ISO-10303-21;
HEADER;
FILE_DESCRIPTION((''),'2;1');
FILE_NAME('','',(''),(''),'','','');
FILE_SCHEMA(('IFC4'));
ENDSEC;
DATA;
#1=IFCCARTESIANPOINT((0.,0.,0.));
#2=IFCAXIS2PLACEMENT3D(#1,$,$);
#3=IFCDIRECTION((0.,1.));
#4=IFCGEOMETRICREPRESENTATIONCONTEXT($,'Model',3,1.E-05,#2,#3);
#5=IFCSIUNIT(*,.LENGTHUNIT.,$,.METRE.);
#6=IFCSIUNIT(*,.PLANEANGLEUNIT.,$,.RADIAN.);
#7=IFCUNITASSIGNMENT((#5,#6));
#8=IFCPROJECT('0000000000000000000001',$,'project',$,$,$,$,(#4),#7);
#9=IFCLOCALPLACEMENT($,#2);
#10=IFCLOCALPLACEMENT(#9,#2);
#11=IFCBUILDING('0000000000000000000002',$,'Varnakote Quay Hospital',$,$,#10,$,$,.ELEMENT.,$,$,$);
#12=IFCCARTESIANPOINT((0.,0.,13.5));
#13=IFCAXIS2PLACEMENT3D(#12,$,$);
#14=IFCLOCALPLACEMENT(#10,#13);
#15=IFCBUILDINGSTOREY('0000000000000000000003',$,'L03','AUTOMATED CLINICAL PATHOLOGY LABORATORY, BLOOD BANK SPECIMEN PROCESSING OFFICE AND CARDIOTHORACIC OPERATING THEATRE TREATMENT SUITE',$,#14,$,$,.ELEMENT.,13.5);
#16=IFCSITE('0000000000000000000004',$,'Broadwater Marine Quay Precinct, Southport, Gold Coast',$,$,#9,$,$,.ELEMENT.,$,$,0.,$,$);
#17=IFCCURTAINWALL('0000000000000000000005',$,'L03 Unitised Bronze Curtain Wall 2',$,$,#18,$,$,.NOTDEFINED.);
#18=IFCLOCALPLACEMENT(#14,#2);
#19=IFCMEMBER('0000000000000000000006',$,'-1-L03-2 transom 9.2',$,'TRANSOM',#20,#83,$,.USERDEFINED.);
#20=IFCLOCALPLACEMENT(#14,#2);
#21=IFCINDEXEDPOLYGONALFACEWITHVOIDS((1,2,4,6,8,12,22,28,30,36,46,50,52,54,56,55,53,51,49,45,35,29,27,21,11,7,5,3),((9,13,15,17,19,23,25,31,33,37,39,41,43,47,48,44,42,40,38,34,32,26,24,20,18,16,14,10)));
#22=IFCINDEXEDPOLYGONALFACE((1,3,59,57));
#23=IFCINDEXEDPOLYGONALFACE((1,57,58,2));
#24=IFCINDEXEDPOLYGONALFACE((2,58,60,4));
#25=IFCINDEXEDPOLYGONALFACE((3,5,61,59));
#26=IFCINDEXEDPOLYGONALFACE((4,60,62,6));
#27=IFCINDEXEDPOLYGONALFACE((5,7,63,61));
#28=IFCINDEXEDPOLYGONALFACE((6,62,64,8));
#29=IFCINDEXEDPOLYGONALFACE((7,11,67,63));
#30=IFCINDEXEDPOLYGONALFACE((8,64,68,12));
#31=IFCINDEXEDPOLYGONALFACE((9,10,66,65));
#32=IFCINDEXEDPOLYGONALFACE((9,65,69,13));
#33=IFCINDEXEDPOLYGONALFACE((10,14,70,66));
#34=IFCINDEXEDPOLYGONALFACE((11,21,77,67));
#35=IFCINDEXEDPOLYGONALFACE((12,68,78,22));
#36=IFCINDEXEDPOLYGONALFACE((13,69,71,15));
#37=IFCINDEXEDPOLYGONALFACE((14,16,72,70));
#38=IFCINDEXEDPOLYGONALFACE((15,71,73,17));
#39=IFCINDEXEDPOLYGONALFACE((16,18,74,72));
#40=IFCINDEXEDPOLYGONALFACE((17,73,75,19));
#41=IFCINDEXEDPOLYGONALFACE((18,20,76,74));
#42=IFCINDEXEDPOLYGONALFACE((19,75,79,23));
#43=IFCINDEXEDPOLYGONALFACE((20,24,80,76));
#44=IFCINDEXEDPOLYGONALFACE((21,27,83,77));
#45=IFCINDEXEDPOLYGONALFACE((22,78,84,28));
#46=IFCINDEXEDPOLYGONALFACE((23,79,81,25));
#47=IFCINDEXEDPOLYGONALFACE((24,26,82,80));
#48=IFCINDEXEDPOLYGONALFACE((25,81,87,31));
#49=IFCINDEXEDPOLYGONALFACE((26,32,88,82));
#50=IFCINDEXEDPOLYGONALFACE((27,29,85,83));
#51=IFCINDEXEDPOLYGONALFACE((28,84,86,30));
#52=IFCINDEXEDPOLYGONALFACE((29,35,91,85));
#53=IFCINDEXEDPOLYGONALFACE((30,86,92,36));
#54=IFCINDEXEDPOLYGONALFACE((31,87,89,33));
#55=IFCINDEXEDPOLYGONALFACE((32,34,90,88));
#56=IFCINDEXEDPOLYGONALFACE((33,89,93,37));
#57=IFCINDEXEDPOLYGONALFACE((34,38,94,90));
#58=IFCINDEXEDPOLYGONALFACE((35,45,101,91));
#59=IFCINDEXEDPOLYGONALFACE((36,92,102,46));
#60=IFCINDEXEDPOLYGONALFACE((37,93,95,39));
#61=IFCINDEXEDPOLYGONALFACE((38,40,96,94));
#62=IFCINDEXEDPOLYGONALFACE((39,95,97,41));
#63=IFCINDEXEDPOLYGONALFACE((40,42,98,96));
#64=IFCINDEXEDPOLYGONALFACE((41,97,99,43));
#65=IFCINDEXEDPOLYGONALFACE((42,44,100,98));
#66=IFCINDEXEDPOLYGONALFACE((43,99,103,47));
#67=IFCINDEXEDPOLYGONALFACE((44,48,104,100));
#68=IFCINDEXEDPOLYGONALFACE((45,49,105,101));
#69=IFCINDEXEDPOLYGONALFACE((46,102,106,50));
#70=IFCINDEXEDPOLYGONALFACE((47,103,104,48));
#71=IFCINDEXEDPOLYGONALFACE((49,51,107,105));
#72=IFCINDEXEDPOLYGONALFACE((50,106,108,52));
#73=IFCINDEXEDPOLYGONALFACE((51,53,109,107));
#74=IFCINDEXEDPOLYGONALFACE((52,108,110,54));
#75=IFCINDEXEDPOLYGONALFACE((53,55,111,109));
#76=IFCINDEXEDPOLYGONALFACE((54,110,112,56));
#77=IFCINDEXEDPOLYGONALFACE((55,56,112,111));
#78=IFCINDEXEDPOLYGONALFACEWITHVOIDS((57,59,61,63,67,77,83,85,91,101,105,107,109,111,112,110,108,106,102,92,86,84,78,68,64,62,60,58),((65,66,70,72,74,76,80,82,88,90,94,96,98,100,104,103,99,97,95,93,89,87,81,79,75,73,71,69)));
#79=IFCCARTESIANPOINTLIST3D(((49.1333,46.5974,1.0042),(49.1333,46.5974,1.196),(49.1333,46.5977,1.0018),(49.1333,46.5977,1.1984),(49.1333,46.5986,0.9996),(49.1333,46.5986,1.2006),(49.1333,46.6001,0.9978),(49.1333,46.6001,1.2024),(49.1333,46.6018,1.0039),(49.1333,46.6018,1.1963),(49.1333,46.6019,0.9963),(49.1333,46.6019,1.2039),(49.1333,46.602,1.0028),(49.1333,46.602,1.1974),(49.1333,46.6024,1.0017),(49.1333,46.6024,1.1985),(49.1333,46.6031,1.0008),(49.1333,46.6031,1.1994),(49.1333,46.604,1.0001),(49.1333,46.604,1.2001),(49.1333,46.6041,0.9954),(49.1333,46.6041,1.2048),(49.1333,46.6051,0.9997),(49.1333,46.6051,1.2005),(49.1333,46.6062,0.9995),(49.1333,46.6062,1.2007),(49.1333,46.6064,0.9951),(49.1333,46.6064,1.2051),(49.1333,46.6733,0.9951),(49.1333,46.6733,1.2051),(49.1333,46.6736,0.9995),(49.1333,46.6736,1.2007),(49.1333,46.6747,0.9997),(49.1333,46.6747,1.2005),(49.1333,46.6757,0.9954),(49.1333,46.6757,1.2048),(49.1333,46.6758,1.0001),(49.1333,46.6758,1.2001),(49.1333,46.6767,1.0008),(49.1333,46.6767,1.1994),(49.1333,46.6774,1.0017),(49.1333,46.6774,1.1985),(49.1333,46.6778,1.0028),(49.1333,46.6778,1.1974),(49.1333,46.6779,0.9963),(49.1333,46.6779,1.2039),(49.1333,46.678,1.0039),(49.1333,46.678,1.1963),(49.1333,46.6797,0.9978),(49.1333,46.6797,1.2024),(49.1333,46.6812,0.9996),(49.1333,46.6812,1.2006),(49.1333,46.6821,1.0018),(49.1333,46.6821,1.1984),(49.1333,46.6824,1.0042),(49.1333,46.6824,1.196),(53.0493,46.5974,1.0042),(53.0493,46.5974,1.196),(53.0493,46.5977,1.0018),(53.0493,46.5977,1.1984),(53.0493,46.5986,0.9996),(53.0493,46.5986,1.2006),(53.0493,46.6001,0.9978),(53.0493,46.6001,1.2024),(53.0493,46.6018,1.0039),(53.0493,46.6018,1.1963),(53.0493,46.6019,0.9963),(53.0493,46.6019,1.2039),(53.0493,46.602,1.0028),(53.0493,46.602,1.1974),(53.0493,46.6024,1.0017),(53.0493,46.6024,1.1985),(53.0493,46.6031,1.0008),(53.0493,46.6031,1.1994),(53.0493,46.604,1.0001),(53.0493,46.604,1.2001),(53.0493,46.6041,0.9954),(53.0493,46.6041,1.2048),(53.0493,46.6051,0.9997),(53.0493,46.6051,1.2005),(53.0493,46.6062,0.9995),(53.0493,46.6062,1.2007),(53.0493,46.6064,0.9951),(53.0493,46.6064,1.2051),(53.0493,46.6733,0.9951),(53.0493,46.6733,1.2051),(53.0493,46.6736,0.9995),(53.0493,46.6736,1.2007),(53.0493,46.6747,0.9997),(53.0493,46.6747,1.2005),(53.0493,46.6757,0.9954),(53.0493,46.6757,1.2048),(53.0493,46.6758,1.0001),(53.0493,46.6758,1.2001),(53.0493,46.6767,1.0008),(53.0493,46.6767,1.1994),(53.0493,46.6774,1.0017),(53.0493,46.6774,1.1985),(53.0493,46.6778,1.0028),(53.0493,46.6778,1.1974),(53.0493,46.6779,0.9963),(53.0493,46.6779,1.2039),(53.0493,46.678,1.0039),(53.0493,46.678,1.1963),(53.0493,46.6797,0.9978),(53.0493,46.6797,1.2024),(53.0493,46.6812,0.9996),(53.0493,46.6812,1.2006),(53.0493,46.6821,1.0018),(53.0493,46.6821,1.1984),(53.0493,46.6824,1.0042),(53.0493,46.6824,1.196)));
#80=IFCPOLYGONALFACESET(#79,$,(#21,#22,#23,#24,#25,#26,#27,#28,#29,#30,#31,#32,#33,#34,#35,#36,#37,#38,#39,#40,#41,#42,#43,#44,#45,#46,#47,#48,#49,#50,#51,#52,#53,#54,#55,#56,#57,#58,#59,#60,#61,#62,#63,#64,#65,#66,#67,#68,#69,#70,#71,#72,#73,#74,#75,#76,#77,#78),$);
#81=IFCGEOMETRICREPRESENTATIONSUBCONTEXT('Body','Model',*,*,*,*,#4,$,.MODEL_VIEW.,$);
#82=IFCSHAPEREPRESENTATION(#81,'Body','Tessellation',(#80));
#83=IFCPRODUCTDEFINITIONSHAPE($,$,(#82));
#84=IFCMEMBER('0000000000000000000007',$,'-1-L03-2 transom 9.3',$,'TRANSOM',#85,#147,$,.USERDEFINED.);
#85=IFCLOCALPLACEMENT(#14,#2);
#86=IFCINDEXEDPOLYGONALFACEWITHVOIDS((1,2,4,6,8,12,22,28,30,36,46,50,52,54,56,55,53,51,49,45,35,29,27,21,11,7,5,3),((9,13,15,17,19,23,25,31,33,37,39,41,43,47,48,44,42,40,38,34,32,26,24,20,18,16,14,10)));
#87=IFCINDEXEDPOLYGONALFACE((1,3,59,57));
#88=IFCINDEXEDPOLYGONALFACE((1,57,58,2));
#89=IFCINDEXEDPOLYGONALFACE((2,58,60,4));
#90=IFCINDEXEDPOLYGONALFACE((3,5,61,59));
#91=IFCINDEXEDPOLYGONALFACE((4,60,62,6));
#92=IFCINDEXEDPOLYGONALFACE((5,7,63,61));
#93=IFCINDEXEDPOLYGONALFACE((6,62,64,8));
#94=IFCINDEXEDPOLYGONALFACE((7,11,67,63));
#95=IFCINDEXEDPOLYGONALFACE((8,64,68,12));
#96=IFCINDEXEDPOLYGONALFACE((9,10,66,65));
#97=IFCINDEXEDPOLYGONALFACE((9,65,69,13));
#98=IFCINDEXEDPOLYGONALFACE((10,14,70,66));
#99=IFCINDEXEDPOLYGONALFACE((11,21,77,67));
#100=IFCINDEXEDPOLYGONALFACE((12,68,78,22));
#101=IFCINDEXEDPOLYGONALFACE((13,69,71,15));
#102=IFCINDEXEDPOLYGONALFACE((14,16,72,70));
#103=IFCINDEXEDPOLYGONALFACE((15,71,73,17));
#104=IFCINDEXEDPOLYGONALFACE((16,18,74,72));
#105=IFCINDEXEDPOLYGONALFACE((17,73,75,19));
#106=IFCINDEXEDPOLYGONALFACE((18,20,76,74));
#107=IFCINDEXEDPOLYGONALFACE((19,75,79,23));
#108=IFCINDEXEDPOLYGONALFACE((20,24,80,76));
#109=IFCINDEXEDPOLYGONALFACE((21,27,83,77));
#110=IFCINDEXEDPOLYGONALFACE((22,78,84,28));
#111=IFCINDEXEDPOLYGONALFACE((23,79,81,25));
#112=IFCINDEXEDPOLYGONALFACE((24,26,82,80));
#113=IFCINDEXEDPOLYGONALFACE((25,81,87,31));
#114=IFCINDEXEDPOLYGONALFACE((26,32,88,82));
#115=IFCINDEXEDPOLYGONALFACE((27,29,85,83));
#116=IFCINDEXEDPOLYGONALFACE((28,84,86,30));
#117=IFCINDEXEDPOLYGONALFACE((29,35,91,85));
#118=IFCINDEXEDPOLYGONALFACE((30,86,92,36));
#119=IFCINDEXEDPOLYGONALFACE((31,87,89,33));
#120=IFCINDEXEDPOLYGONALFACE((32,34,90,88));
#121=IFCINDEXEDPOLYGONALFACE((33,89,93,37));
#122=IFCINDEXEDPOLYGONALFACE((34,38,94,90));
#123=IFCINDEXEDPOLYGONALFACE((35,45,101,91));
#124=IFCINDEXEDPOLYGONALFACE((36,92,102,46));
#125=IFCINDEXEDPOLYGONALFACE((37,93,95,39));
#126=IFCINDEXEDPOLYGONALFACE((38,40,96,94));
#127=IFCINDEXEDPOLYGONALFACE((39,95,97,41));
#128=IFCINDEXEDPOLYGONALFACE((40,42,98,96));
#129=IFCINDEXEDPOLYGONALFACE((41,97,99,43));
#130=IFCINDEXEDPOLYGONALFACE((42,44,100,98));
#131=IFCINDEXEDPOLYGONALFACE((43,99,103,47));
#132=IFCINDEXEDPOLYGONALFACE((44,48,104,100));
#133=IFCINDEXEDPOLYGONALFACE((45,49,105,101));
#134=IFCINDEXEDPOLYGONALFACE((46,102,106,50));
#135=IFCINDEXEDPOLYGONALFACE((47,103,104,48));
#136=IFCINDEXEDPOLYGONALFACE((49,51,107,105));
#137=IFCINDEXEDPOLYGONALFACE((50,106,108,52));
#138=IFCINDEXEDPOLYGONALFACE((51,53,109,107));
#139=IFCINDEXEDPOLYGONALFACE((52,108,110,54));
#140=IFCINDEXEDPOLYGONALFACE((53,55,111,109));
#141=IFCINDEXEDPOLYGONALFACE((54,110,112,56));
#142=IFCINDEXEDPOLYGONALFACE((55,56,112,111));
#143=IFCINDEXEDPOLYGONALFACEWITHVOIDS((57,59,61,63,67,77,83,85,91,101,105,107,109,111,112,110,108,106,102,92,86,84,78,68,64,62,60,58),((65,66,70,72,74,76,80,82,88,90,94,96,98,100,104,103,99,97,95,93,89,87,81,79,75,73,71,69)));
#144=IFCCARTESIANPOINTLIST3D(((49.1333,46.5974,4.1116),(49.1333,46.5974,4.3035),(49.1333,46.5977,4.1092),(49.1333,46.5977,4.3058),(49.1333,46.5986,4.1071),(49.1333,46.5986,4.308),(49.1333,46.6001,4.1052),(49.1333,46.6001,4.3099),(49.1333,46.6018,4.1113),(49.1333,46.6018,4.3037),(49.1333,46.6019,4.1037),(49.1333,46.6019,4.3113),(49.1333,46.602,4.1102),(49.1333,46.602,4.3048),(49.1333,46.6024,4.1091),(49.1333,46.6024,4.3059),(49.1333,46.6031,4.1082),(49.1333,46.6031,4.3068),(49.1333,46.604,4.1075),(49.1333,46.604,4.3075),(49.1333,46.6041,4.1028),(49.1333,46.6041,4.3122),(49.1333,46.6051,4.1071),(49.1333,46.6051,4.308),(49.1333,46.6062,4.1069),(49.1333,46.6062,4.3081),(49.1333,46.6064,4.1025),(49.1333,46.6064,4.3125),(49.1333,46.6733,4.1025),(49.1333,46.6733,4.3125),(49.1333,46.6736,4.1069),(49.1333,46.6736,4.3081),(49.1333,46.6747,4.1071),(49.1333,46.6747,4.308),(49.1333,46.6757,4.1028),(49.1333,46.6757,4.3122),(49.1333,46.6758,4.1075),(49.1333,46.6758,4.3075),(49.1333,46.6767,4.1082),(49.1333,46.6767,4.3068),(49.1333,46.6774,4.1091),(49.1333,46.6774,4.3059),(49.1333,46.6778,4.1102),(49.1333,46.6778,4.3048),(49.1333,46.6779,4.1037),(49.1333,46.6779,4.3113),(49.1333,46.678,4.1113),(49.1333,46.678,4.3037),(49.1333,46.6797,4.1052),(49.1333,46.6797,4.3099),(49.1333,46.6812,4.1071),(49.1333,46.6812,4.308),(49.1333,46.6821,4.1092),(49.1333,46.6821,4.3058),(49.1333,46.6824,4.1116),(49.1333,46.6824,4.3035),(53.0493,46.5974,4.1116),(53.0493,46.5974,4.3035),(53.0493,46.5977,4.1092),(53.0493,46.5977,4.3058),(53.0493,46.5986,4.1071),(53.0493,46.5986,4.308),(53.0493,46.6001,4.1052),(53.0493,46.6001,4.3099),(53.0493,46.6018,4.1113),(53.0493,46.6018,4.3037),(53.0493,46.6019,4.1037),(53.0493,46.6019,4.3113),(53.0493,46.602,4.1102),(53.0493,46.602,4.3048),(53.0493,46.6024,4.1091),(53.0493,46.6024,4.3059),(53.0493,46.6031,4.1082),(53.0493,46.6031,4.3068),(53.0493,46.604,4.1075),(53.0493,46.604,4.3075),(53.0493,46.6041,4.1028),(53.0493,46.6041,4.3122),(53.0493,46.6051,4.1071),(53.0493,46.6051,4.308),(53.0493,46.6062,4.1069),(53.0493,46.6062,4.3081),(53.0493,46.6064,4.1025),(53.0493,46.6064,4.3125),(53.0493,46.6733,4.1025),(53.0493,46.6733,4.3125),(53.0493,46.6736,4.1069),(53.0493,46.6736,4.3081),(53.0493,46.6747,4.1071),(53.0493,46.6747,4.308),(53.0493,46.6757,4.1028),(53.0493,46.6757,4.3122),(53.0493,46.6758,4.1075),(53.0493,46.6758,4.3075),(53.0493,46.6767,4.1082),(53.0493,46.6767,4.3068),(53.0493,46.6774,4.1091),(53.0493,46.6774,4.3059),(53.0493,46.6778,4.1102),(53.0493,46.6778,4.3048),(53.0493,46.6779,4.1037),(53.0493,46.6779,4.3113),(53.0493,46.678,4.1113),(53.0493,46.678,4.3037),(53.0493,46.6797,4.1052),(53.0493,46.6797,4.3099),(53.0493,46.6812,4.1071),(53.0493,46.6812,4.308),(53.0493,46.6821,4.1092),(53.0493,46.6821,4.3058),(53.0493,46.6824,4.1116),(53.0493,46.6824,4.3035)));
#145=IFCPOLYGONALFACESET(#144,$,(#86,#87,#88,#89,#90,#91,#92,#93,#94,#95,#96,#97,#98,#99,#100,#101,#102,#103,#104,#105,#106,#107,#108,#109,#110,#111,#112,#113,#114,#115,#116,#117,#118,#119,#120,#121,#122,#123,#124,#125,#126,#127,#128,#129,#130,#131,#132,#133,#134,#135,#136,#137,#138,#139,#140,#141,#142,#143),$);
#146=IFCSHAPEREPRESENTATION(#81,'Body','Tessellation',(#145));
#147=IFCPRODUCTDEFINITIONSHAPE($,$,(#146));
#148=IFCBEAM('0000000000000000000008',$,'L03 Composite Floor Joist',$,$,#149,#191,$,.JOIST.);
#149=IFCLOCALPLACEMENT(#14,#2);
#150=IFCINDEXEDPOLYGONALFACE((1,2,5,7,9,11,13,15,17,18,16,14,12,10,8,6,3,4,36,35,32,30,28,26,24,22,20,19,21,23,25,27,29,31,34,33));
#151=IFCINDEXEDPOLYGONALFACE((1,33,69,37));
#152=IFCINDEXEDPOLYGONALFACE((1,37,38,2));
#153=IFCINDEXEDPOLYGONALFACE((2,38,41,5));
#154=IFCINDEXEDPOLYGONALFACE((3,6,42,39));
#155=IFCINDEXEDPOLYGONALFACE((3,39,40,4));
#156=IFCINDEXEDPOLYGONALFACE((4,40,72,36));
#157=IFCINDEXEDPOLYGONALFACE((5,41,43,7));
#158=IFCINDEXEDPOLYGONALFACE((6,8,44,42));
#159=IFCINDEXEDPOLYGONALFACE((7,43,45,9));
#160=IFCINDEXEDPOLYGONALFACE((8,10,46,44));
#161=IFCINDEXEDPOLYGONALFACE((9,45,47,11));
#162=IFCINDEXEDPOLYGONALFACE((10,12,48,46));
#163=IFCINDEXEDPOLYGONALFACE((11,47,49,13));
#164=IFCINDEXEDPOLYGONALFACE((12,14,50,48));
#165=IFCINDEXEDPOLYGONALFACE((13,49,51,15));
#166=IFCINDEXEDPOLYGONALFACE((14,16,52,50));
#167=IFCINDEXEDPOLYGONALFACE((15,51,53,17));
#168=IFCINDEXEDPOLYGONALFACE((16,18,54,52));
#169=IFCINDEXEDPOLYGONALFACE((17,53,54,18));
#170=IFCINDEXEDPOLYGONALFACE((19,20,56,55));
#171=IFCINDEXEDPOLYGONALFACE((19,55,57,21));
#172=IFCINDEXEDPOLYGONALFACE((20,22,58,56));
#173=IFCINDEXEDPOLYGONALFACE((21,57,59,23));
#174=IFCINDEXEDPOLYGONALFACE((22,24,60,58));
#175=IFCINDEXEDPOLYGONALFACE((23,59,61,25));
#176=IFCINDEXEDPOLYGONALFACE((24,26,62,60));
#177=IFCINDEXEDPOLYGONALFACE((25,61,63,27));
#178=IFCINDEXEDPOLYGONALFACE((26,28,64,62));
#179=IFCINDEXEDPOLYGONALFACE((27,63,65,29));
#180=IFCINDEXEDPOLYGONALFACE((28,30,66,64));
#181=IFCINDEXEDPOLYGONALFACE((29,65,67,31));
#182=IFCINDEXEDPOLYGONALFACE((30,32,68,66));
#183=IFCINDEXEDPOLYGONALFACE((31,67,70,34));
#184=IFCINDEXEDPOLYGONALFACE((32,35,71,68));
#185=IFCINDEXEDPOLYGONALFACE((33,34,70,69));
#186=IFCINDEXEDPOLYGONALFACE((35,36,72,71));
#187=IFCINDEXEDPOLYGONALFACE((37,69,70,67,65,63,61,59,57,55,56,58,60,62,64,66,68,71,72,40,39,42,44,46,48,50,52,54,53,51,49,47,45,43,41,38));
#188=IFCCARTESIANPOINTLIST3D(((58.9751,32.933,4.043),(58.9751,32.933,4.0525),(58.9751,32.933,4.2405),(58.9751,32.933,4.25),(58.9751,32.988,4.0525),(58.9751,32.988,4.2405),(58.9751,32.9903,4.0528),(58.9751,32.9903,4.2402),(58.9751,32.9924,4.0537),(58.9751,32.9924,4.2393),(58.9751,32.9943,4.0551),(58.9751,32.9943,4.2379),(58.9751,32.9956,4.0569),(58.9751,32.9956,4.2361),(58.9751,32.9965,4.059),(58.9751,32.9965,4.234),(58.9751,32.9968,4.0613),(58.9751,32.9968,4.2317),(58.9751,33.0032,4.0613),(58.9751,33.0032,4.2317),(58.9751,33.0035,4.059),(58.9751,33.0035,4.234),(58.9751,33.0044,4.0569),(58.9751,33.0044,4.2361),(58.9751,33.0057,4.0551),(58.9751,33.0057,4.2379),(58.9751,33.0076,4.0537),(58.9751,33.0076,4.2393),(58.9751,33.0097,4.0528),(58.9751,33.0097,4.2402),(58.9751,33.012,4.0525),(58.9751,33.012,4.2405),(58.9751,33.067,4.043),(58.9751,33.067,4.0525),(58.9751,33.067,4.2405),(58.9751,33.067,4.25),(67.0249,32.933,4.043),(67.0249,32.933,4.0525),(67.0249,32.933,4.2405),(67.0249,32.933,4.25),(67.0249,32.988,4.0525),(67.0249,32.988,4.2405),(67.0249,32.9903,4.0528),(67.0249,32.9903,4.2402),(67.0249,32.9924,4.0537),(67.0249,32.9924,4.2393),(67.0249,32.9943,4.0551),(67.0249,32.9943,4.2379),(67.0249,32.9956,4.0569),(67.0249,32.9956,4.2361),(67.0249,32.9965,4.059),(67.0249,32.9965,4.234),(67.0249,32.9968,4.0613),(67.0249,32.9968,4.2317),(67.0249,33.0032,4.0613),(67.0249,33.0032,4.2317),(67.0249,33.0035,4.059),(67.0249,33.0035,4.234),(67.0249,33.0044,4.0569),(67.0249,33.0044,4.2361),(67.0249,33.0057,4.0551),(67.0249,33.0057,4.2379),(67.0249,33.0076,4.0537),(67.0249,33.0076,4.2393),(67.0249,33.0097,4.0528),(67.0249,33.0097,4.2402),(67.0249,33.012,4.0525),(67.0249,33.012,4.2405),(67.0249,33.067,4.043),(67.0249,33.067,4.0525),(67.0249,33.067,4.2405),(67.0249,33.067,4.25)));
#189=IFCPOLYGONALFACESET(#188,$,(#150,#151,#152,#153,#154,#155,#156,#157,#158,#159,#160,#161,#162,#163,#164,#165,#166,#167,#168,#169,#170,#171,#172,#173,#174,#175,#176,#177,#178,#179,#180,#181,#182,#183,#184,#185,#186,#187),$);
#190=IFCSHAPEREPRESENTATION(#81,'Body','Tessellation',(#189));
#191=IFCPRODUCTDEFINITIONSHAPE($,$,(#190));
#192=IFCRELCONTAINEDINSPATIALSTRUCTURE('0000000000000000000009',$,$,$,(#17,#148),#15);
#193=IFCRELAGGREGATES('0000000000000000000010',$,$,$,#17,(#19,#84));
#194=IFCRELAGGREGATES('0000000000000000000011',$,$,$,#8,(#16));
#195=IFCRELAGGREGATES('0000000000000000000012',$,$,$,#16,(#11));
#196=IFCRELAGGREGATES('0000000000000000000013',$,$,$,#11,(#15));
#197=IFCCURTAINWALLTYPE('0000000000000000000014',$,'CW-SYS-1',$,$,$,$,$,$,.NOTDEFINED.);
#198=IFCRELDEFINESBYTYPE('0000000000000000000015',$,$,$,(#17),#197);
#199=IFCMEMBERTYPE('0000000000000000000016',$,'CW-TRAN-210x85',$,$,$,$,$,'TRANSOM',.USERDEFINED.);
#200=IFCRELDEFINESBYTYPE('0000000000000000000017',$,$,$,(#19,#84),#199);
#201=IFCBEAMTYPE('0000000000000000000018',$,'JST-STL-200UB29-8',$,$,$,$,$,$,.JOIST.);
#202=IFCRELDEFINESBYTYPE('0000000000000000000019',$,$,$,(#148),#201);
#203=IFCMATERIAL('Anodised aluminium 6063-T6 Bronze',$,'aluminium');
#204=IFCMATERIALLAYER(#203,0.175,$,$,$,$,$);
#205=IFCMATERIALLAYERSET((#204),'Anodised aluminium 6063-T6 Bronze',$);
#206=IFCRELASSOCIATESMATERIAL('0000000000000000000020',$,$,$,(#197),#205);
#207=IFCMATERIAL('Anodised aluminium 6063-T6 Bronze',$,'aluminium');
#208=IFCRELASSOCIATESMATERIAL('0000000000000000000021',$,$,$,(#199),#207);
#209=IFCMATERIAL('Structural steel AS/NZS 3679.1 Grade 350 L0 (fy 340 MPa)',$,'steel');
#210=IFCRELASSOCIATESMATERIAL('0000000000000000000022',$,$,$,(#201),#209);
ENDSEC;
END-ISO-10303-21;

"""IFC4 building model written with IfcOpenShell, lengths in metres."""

from ifc_helpers import new_model, si_unit, direction, frame, origin, origin_2d, place, context, subcontext, project, spatial, hollow_rectangle, i_section, extrude, material, layer, layer_set, material_profile, profile_set, type_object, element, aggregate, save


model = new_model("IFC4")

# Units and contexts
model_context = context("Model", 3, precision=1e-05, world=origin(), true_north=direction((0.0, 1.0)))
body_context = subcontext(model_context, "Body", "Model", "MODEL_VIEW")
ifc_project = project(units=[si_unit("LENGTHUNIT", "METRE"), si_unit("PLANEANGLEUNIT", "RADIAN")], contexts=[model_context])

# Site, building, storey
site_placement = place(None, origin())
site = spatial("IfcSite", under=ifc_project, at=site_placement, Name="Broadwater Marine Quay Precinct, Southport, Gold Coast", CompositionType="ELEMENT", RefElevation=0.0)
building_placement = place(site_placement, origin())
building = spatial("IfcBuilding", under=site, at=building_placement, Name="Varnakote Quay Hospital", CompositionType="ELEMENT")
storey_placement = place(building_placement, frame((0.0, 0.0, 13.5)))
storey = spatial("IfcBuildingStorey", under=building, at=storey_placement, Name="L03", Description="AUTOMATED CLINICAL PATHOLOGY LABORATORY, BLOOD BANK SPECIMEN PROCESSING OFFICE AND CARDIOTHORACIC OPERATING THEATRE TREATMENT SUITE", CompositionType="ELEMENT", Elevation=13.5)

# Curtain wall, members
ifc_material_1 = material(Name="Anodised aluminium 6063-T6 Bronze", Category="aluminium")
ifc_layer_1 = layer(ifc_material_1, 0.175)
ifc_layer_set_1 = layer_set([ifc_layer_1], Name="Anodised aluminium 6063-T6 Bronze")
curtain_wall_type = type_object("IfcCurtainWallType", Name="CW-SYS-1", PredefinedType="NOTDEFINED", material=ifc_layer_set_1)
curtain_wall_placement = place(storey_placement, origin())
curtain_wall = element("IfcCurtainWall", 1, at=curtain_wall_placement, inside=storey, type_object=curtain_wall_type, Name="L03 Unitised Bronze Curtain Wall 2", PredefinedType="NOTDEFINED")
ifc_material_2 = material(Name="Anodised aluminium 6063-T6 Bronze", Category="aluminium")
ifc_material_profile_1 = material_profile(ifc_material_2, hollow_rectangle(XDim=0.085, YDim=0.21, WallThickness=0.0044, InnerFilletRadius=0.0044, OuterFilletRadius=0.009, at=origin_2d()), Name="CW-TRAN-210x85")
ifc_profile_set_1 = profile_set([ifc_material_profile_1], Name="Anodised aluminium 6063-T6 Bronze")
member_type_1 = type_object("IfcMemberType", Name="CW-TRAN-210x85", ElementType="TRANSOM", PredefinedType="USERDEFINED", material=ifc_profile_set_1)
member_1_placement = place(storey_placement, frame((53.0493, 46.6399, 1.1001), z_axis=(-1.0, 0.0, 0.0), x_axis=(0.0, -1.0, 0.0)))
member_1 = element("IfcMember", 2, at=member_1_placement, type_object=member_type_1, Name="-1-L03-2 transom 9.2", ObjectType="TRANSOM", PredefinedType="USERDEFINED", context=body_context, shape_type="SweptSolid", body=[
    extrude(hollow_rectangle(XDim=0.085, YDim=0.21, WallThickness=0.0044, InnerFilletRadius=0.0044, OuterFilletRadius=0.009, at=origin_2d()), origin(), (0.0, 0.0, 1.0), 3.916),
])
member_2_placement = place(storey_placement, frame((53.0493, 46.6399, 4.2075), z_axis=(-1.0, 0.0, 0.0), x_axis=(0.0, -1.0, 0.0)))
member_2 = element("IfcMember", 3, at=member_2_placement, type_object=member_type_1, Name="-1-L03-2 transom 9.3", ObjectType="TRANSOM", PredefinedType="USERDEFINED", context=body_context, shape_type="SweptSolid", body=[
    extrude(hollow_rectangle(XDim=0.085, YDim=0.21, WallThickness=0.0044, InnerFilletRadius=0.0044, OuterFilletRadius=0.009, at=origin_2d()), origin(), (0.0, 0.0, 1.0), 3.916),
])

# Beam
ifc_material_3 = material(Name="Structural steel AS/NZS 3679.1 Grade 350 L0 (fy 340 MPa)", Category="steel")
ifc_material_profile_2 = material_profile(ifc_material_3, i_section(OverallWidth=0.134, OverallDepth=0.207, WebThickness=0.0063, FlangeThickness=0.0095, FilletRadius=0.0088, at=origin_2d()), Name="200UB29.8")
ifc_profile_set_2 = profile_set([ifc_material_profile_2], Name="Structural steel AS/NZS 3679.1 Grade 350 L0 (fy 340 MPa)")
beam_type_1 = type_object("IfcBeamType", Name="JST-STL-200UB29-8", PredefinedType="JOIST", material=ifc_profile_set_2)
for number, where, z_axis, x_axis, name in (
    (4, (58.9751, 33.0, 4.1465), (1.0, 0.0, 0.0), (0.0, 1.0, 0.0), "L03 Composite Floor Joist"),
):
    element("IfcBeam", number, at=place(storey_placement, frame(where, z_axis=z_axis, x_axis=x_axis)), inside=storey, type_object=beam_type_1, Name=name, PredefinedType="JOIST", context=body_context, shape_type="SweptSolid", body=[
        extrude(i_section(OverallWidth=0.134, OverallDepth=0.207, WebThickness=0.0063, FlangeThickness=0.0095, FilletRadius=0.0088, at=origin_2d()), origin(), (0.0, 0.0, 1.0), 8.0498),
    ])

aggregate(curtain_wall, [member_1, member_2])

save(model, "model.ifc")
